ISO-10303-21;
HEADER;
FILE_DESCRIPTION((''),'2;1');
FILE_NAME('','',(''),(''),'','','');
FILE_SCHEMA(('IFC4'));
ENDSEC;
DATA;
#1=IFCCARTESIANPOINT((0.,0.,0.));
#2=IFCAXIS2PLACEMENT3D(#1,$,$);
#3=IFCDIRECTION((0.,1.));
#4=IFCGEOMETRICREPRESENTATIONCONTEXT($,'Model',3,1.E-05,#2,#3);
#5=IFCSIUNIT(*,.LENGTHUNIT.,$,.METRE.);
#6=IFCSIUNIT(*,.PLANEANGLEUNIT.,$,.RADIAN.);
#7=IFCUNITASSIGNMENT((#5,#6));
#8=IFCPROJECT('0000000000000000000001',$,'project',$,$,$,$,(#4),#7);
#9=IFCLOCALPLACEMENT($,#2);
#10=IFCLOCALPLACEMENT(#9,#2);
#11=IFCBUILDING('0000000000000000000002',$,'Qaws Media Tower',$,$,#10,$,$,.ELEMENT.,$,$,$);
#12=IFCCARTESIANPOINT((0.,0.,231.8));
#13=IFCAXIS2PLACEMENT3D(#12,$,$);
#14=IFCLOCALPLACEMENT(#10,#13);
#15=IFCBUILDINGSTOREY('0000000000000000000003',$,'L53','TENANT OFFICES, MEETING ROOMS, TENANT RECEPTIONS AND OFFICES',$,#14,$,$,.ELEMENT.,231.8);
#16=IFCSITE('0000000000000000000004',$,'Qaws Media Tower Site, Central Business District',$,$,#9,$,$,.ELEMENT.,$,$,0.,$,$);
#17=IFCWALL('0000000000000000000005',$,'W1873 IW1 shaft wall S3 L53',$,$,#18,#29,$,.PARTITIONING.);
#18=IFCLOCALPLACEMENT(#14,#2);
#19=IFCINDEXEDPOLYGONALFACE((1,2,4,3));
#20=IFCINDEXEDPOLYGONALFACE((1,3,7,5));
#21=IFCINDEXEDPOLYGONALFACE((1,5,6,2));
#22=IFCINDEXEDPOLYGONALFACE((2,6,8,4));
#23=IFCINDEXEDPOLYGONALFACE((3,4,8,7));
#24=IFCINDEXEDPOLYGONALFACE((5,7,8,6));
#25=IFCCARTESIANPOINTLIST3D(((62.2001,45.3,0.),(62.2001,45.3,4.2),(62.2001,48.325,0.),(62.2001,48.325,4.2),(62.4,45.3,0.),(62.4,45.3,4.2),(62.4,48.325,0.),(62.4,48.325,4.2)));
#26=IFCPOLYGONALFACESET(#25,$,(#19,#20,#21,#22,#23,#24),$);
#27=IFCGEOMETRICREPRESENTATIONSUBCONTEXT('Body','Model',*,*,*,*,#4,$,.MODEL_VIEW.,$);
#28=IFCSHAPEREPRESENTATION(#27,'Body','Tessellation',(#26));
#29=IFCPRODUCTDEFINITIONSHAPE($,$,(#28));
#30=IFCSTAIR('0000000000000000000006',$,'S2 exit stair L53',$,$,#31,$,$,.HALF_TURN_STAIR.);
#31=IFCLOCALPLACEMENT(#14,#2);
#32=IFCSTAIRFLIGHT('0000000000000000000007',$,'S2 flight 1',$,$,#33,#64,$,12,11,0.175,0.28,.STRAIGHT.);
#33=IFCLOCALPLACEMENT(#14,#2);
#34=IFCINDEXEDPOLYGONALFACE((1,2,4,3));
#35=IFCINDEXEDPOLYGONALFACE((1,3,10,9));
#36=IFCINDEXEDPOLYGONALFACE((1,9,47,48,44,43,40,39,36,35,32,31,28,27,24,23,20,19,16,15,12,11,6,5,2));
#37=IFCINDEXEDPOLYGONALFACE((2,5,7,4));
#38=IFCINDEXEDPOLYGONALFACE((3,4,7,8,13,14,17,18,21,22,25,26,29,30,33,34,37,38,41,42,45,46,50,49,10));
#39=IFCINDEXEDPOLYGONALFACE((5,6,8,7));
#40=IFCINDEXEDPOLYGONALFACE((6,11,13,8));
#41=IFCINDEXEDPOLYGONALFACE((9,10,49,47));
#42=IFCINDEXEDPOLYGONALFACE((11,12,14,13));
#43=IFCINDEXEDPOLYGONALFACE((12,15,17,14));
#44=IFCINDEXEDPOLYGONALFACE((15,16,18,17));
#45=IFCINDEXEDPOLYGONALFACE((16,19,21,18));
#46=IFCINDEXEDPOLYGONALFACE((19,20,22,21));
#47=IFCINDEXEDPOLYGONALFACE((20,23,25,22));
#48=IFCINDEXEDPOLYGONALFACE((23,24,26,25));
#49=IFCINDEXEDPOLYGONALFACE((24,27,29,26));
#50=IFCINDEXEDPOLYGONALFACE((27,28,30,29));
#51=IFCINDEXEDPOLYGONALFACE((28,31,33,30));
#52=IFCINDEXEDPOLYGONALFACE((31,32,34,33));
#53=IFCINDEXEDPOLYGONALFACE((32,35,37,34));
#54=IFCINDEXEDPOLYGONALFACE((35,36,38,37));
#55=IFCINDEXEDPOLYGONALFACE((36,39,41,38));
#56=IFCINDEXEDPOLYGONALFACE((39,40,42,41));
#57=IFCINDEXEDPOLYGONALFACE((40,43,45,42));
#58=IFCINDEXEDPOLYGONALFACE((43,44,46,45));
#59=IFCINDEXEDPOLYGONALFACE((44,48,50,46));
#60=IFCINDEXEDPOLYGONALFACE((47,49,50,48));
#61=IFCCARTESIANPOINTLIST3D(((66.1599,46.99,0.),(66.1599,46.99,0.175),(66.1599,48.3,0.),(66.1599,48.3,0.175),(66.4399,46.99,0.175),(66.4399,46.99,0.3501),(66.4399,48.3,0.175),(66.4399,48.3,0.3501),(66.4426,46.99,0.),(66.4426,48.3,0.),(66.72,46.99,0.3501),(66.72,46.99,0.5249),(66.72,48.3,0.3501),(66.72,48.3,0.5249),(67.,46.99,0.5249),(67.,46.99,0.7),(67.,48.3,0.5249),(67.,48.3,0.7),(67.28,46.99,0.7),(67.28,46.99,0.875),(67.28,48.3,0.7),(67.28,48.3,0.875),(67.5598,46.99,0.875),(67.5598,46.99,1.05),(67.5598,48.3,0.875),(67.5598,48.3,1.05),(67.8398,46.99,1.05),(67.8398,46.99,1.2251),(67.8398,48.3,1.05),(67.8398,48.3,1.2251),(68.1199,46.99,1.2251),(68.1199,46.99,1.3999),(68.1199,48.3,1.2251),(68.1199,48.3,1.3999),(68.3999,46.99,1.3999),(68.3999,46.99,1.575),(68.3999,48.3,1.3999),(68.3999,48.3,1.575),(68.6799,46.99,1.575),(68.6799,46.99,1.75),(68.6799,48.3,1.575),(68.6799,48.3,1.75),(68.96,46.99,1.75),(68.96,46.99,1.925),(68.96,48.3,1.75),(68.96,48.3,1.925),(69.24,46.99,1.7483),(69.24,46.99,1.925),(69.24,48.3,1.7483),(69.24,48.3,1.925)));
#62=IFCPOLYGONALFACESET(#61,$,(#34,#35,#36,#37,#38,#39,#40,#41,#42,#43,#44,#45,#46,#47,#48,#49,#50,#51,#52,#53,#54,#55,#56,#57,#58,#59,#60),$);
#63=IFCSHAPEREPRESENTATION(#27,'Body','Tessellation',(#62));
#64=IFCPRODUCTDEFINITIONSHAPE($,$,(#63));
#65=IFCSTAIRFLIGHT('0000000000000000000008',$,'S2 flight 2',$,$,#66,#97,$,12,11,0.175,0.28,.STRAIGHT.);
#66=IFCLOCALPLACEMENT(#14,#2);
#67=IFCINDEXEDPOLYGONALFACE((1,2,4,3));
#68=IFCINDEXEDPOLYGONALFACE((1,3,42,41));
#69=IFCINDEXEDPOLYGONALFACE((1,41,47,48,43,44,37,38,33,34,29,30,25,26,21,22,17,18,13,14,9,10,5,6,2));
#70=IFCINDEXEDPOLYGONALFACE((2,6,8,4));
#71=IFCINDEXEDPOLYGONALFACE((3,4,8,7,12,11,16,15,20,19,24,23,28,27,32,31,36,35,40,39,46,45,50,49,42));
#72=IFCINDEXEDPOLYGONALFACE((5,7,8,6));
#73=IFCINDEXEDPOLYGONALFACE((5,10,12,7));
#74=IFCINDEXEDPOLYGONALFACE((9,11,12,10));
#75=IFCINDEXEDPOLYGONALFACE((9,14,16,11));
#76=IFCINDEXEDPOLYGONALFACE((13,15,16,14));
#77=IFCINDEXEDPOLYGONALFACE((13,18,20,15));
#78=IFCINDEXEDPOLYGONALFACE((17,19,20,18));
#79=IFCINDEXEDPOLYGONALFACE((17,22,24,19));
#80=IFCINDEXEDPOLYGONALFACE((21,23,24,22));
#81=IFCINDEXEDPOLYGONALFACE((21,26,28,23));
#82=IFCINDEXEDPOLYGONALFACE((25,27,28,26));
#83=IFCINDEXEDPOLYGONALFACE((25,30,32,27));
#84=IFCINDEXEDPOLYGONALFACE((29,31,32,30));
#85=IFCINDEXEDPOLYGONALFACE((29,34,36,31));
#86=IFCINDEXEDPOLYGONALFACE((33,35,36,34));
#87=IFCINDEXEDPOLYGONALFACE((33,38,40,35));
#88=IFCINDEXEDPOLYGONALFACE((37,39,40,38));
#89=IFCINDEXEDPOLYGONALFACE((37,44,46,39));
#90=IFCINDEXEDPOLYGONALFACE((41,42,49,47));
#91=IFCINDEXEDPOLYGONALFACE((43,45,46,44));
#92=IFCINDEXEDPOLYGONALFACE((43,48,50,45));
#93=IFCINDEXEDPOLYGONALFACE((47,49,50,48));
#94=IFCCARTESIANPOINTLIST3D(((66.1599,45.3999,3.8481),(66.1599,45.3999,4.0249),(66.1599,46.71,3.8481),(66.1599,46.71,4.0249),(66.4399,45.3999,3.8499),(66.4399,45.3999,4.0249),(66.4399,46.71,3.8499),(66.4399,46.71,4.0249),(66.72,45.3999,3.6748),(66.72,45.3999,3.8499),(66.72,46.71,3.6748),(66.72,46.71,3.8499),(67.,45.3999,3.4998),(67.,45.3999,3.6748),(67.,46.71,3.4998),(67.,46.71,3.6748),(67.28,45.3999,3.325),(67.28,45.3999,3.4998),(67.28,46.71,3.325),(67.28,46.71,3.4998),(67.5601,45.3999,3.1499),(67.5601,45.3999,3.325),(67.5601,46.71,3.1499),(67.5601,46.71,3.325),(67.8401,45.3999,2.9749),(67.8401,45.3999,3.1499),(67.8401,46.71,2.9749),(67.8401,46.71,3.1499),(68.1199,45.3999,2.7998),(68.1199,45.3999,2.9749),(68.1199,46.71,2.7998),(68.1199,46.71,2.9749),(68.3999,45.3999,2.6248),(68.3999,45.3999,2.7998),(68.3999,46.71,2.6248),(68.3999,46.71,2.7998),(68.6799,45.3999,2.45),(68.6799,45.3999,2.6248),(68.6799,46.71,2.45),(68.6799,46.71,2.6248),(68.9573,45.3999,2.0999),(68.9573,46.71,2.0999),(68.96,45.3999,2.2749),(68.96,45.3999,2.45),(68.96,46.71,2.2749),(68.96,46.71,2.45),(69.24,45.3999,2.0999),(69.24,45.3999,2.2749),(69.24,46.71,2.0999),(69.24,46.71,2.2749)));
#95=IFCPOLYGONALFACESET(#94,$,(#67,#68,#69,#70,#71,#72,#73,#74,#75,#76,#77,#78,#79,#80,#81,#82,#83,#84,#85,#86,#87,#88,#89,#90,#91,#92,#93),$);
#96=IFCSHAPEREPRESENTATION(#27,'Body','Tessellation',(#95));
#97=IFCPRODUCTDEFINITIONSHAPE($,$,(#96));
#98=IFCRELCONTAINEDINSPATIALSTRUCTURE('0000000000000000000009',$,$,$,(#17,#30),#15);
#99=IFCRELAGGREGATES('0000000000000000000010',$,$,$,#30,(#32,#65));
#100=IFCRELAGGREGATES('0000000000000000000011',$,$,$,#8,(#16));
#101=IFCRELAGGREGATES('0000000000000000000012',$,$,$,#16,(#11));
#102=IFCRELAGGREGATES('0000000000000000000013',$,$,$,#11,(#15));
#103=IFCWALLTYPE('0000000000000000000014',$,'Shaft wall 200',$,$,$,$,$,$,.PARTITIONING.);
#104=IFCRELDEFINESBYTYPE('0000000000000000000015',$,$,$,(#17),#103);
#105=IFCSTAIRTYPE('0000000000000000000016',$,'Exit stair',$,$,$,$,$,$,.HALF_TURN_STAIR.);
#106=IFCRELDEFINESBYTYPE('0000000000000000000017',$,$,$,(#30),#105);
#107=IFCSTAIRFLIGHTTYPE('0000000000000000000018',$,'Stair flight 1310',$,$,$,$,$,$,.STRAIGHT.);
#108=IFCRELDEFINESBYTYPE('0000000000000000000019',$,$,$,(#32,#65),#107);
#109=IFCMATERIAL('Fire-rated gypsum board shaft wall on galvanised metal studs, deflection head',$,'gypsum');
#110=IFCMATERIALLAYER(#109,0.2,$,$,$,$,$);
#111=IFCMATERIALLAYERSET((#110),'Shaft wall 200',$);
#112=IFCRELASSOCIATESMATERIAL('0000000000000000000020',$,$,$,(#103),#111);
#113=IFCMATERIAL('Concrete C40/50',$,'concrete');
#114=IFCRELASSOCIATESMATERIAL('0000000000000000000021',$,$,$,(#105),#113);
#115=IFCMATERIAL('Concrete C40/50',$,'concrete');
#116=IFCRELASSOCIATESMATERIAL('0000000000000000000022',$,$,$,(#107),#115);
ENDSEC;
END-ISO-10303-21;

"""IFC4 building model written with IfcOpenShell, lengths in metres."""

from ifc_helpers import new_model, si_unit, direction, frame, frame_2d, origin, place, context, subcontext, project, spatial, polyline, rectangle, outline, extrude, material, layer, layer_set, type_object, element, aggregate, save


model = new_model("IFC4")

# Units and contexts
model_context = context("Model", 3, precision=1e-05, world=origin(), true_north=direction((0.0, 1.0)))
body_context = subcontext(model_context, "Body", "Model", "MODEL_VIEW")
ifc_project = project(units=[si_unit("LENGTHUNIT", "METRE"), si_unit("PLANEANGLEUNIT", "RADIAN")], contexts=[model_context])

# Site, building, storey
site_placement = place(None, origin())
site = spatial("IfcSite", under=ifc_project, at=site_placement, Name="Qaws Media Tower Site, Central Business District", CompositionType="ELEMENT", RefElevation=0.0)
building_placement = place(site_placement, origin())
building = spatial("IfcBuilding", under=site, at=building_placement, Name="Qaws Media Tower", CompositionType="ELEMENT")
storey_placement = place(building_placement, frame((0.0, 0.0, 231.8)))
storey = spatial("IfcBuildingStorey", under=building, at=storey_placement, Name="L53", Description="TENANT OFFICES, MEETING ROOMS, TENANT RECEPTIONS AND OFFICES", CompositionType="ELEMENT", Elevation=231.8)

# Wall
ifc_material_1 = material(Name="Fire-rated gypsum board shaft wall on galvanised metal studs, deflection head", Category="gypsum")
ifc_layer_1 = layer(ifc_material_1, 0.2)
ifc_layer_set_1 = layer_set([ifc_layer_1], Name="Shaft wall 200")
wall_type_1 = type_object("IfcWallType", Name="Shaft wall 200", PredefinedType="PARTITIONING", material=ifc_layer_set_1)
for number, where, z_axis, x_axis, name in (
    (1, (62.3, 45.3, 0.0), (0.0, 0.0, 1.0), (0.0, 1.0, 0.0), "W1873 IW1 shaft wall S3 L53"),
):
    element("IfcWall", number, at=place(storey_placement, frame(where, z_axis=z_axis, x_axis=x_axis)), inside=storey, type_object=wall_type_1, Name=name, PredefinedType="PARTITIONING", context=body_context, shape_type="SweptSolid", body=[
        extrude(rectangle(XDim=3.0249, YDim=0.2, at=frame_2d((1.5125, 0.0))), origin(), (0.0, 0.0, 1.0), 4.2),
    ])

# Stair, stair flights
ifc_material_2 = material(Name="Concrete C40/50", Category="concrete")
stair_type = type_object("IfcStairType", Name="Exit stair", PredefinedType="HALF_TURN_STAIR", material=ifc_material_2)
stair_placement = place(storey_placement, origin())
stair = element("IfcStair", 2, at=stair_placement, inside=storey, type_object=stair_type, Name="S2 exit stair L53", PredefinedType="HALF_TURN_STAIR")
ifc_material_3 = material(Name="Concrete C40/50", Category="concrete")
stair_flight_type = type_object("IfcStairFlightType", Name="Stair flight 1310", PredefinedType="STRAIGHT", material=ifc_material_3)
stair_flight_1_placement = place(storey_placement, frame((66.1599, 47.645, 0.0), z_axis=(0.0, 0.0, 1.0), x_axis=(1.0, 0.0, 0.0)))
stair_flight_1 = element("IfcStairFlight", 3, at=stair_flight_1_placement, type_object=stair_flight_type, Name="S2 flight 1", NumberOfRisers=12, NumberOfTreads=11, PredefinedType="STRAIGHT", RiserHeight=0.175, TreadLength=0.28, context=body_context, shape_type="SweptSolid", body=[
    extrude(outline(polyline([(0.0, 0.0), (0.0, 0.175), (0.28, 0.175), (0.28, 0.3501), (0.5601, 0.3501), (0.5601, 0.5249), (0.8401, 0.5249), (0.8401, 0.7), (1.1201, 0.7), (1.1201, 0.875), (1.3999, 0.875), (1.3999, 1.05), (1.6799, 1.05), (1.6799, 1.2251), (1.96, 1.2251), (1.96, 1.3999), (2.24, 1.3999), (2.24, 1.575), (2.52, 1.575), (2.52, 1.75), (2.8, 1.75), (2.8, 1.925), (3.0801, 1.925), (3.0801, 2.1001), (3.0801, 1.7483), (0.2827, 0.0), (0.0, 0.0)])), frame((0.0, 0.655, 0.0), z_axis=(0.0, -1.0, 0.0), x_axis=(1.0, 0.0, 0.0)), (0.0, 0.0, 1.0), 1.3101),
])
stair_flight_2_placement = place(storey_placement, frame((69.24, 46.0549, 2.0999), z_axis=(0.0, 0.0, 1.0), x_axis=(-1.0, 0.0, 0.0)))
stair_flight_2 = element("IfcStairFlight", 4, at=stair_flight_2_placement, type_object=stair_flight_type, Name="S2 flight 2", NumberOfRisers=12, NumberOfTreads=11, PredefinedType="STRAIGHT", RiserHeight=0.175, TreadLength=0.28, context=body_context, shape_type="SweptSolid", body=[
    extrude(outline(polyline([(0.0, 0.0), (0.0, 0.175), (0.28, 0.175), (0.28, 0.3501), (0.5601, 0.3501), (0.5601, 0.5249), (0.8401, 0.5249), (0.8401, 0.7), (1.1201, 0.7), (1.1201, 0.875), (1.3999, 0.875), (1.3999, 1.05), (1.6799, 1.05), (1.6799, 1.2251), (1.96, 1.2251), (1.96, 1.3999), (2.24, 1.3999), (2.24, 1.575), (2.52, 1.575), (2.52, 1.75), (2.8, 1.75), (2.8, 1.925), (3.0801, 1.925), (3.0801, 2.1001), (3.0801, 1.7483), (0.2827, 0.0), (0.0, 0.0)])), frame((0.0, 0.655, 0.0), z_axis=(0.0, -1.0, 0.0), x_axis=(1.0, 0.0, 0.0)), (0.0, 0.0, 1.0), 1.3101),
])
aggregate(stair, [stair_flight_1, stair_flight_2])

save(model, "model.ifc")
